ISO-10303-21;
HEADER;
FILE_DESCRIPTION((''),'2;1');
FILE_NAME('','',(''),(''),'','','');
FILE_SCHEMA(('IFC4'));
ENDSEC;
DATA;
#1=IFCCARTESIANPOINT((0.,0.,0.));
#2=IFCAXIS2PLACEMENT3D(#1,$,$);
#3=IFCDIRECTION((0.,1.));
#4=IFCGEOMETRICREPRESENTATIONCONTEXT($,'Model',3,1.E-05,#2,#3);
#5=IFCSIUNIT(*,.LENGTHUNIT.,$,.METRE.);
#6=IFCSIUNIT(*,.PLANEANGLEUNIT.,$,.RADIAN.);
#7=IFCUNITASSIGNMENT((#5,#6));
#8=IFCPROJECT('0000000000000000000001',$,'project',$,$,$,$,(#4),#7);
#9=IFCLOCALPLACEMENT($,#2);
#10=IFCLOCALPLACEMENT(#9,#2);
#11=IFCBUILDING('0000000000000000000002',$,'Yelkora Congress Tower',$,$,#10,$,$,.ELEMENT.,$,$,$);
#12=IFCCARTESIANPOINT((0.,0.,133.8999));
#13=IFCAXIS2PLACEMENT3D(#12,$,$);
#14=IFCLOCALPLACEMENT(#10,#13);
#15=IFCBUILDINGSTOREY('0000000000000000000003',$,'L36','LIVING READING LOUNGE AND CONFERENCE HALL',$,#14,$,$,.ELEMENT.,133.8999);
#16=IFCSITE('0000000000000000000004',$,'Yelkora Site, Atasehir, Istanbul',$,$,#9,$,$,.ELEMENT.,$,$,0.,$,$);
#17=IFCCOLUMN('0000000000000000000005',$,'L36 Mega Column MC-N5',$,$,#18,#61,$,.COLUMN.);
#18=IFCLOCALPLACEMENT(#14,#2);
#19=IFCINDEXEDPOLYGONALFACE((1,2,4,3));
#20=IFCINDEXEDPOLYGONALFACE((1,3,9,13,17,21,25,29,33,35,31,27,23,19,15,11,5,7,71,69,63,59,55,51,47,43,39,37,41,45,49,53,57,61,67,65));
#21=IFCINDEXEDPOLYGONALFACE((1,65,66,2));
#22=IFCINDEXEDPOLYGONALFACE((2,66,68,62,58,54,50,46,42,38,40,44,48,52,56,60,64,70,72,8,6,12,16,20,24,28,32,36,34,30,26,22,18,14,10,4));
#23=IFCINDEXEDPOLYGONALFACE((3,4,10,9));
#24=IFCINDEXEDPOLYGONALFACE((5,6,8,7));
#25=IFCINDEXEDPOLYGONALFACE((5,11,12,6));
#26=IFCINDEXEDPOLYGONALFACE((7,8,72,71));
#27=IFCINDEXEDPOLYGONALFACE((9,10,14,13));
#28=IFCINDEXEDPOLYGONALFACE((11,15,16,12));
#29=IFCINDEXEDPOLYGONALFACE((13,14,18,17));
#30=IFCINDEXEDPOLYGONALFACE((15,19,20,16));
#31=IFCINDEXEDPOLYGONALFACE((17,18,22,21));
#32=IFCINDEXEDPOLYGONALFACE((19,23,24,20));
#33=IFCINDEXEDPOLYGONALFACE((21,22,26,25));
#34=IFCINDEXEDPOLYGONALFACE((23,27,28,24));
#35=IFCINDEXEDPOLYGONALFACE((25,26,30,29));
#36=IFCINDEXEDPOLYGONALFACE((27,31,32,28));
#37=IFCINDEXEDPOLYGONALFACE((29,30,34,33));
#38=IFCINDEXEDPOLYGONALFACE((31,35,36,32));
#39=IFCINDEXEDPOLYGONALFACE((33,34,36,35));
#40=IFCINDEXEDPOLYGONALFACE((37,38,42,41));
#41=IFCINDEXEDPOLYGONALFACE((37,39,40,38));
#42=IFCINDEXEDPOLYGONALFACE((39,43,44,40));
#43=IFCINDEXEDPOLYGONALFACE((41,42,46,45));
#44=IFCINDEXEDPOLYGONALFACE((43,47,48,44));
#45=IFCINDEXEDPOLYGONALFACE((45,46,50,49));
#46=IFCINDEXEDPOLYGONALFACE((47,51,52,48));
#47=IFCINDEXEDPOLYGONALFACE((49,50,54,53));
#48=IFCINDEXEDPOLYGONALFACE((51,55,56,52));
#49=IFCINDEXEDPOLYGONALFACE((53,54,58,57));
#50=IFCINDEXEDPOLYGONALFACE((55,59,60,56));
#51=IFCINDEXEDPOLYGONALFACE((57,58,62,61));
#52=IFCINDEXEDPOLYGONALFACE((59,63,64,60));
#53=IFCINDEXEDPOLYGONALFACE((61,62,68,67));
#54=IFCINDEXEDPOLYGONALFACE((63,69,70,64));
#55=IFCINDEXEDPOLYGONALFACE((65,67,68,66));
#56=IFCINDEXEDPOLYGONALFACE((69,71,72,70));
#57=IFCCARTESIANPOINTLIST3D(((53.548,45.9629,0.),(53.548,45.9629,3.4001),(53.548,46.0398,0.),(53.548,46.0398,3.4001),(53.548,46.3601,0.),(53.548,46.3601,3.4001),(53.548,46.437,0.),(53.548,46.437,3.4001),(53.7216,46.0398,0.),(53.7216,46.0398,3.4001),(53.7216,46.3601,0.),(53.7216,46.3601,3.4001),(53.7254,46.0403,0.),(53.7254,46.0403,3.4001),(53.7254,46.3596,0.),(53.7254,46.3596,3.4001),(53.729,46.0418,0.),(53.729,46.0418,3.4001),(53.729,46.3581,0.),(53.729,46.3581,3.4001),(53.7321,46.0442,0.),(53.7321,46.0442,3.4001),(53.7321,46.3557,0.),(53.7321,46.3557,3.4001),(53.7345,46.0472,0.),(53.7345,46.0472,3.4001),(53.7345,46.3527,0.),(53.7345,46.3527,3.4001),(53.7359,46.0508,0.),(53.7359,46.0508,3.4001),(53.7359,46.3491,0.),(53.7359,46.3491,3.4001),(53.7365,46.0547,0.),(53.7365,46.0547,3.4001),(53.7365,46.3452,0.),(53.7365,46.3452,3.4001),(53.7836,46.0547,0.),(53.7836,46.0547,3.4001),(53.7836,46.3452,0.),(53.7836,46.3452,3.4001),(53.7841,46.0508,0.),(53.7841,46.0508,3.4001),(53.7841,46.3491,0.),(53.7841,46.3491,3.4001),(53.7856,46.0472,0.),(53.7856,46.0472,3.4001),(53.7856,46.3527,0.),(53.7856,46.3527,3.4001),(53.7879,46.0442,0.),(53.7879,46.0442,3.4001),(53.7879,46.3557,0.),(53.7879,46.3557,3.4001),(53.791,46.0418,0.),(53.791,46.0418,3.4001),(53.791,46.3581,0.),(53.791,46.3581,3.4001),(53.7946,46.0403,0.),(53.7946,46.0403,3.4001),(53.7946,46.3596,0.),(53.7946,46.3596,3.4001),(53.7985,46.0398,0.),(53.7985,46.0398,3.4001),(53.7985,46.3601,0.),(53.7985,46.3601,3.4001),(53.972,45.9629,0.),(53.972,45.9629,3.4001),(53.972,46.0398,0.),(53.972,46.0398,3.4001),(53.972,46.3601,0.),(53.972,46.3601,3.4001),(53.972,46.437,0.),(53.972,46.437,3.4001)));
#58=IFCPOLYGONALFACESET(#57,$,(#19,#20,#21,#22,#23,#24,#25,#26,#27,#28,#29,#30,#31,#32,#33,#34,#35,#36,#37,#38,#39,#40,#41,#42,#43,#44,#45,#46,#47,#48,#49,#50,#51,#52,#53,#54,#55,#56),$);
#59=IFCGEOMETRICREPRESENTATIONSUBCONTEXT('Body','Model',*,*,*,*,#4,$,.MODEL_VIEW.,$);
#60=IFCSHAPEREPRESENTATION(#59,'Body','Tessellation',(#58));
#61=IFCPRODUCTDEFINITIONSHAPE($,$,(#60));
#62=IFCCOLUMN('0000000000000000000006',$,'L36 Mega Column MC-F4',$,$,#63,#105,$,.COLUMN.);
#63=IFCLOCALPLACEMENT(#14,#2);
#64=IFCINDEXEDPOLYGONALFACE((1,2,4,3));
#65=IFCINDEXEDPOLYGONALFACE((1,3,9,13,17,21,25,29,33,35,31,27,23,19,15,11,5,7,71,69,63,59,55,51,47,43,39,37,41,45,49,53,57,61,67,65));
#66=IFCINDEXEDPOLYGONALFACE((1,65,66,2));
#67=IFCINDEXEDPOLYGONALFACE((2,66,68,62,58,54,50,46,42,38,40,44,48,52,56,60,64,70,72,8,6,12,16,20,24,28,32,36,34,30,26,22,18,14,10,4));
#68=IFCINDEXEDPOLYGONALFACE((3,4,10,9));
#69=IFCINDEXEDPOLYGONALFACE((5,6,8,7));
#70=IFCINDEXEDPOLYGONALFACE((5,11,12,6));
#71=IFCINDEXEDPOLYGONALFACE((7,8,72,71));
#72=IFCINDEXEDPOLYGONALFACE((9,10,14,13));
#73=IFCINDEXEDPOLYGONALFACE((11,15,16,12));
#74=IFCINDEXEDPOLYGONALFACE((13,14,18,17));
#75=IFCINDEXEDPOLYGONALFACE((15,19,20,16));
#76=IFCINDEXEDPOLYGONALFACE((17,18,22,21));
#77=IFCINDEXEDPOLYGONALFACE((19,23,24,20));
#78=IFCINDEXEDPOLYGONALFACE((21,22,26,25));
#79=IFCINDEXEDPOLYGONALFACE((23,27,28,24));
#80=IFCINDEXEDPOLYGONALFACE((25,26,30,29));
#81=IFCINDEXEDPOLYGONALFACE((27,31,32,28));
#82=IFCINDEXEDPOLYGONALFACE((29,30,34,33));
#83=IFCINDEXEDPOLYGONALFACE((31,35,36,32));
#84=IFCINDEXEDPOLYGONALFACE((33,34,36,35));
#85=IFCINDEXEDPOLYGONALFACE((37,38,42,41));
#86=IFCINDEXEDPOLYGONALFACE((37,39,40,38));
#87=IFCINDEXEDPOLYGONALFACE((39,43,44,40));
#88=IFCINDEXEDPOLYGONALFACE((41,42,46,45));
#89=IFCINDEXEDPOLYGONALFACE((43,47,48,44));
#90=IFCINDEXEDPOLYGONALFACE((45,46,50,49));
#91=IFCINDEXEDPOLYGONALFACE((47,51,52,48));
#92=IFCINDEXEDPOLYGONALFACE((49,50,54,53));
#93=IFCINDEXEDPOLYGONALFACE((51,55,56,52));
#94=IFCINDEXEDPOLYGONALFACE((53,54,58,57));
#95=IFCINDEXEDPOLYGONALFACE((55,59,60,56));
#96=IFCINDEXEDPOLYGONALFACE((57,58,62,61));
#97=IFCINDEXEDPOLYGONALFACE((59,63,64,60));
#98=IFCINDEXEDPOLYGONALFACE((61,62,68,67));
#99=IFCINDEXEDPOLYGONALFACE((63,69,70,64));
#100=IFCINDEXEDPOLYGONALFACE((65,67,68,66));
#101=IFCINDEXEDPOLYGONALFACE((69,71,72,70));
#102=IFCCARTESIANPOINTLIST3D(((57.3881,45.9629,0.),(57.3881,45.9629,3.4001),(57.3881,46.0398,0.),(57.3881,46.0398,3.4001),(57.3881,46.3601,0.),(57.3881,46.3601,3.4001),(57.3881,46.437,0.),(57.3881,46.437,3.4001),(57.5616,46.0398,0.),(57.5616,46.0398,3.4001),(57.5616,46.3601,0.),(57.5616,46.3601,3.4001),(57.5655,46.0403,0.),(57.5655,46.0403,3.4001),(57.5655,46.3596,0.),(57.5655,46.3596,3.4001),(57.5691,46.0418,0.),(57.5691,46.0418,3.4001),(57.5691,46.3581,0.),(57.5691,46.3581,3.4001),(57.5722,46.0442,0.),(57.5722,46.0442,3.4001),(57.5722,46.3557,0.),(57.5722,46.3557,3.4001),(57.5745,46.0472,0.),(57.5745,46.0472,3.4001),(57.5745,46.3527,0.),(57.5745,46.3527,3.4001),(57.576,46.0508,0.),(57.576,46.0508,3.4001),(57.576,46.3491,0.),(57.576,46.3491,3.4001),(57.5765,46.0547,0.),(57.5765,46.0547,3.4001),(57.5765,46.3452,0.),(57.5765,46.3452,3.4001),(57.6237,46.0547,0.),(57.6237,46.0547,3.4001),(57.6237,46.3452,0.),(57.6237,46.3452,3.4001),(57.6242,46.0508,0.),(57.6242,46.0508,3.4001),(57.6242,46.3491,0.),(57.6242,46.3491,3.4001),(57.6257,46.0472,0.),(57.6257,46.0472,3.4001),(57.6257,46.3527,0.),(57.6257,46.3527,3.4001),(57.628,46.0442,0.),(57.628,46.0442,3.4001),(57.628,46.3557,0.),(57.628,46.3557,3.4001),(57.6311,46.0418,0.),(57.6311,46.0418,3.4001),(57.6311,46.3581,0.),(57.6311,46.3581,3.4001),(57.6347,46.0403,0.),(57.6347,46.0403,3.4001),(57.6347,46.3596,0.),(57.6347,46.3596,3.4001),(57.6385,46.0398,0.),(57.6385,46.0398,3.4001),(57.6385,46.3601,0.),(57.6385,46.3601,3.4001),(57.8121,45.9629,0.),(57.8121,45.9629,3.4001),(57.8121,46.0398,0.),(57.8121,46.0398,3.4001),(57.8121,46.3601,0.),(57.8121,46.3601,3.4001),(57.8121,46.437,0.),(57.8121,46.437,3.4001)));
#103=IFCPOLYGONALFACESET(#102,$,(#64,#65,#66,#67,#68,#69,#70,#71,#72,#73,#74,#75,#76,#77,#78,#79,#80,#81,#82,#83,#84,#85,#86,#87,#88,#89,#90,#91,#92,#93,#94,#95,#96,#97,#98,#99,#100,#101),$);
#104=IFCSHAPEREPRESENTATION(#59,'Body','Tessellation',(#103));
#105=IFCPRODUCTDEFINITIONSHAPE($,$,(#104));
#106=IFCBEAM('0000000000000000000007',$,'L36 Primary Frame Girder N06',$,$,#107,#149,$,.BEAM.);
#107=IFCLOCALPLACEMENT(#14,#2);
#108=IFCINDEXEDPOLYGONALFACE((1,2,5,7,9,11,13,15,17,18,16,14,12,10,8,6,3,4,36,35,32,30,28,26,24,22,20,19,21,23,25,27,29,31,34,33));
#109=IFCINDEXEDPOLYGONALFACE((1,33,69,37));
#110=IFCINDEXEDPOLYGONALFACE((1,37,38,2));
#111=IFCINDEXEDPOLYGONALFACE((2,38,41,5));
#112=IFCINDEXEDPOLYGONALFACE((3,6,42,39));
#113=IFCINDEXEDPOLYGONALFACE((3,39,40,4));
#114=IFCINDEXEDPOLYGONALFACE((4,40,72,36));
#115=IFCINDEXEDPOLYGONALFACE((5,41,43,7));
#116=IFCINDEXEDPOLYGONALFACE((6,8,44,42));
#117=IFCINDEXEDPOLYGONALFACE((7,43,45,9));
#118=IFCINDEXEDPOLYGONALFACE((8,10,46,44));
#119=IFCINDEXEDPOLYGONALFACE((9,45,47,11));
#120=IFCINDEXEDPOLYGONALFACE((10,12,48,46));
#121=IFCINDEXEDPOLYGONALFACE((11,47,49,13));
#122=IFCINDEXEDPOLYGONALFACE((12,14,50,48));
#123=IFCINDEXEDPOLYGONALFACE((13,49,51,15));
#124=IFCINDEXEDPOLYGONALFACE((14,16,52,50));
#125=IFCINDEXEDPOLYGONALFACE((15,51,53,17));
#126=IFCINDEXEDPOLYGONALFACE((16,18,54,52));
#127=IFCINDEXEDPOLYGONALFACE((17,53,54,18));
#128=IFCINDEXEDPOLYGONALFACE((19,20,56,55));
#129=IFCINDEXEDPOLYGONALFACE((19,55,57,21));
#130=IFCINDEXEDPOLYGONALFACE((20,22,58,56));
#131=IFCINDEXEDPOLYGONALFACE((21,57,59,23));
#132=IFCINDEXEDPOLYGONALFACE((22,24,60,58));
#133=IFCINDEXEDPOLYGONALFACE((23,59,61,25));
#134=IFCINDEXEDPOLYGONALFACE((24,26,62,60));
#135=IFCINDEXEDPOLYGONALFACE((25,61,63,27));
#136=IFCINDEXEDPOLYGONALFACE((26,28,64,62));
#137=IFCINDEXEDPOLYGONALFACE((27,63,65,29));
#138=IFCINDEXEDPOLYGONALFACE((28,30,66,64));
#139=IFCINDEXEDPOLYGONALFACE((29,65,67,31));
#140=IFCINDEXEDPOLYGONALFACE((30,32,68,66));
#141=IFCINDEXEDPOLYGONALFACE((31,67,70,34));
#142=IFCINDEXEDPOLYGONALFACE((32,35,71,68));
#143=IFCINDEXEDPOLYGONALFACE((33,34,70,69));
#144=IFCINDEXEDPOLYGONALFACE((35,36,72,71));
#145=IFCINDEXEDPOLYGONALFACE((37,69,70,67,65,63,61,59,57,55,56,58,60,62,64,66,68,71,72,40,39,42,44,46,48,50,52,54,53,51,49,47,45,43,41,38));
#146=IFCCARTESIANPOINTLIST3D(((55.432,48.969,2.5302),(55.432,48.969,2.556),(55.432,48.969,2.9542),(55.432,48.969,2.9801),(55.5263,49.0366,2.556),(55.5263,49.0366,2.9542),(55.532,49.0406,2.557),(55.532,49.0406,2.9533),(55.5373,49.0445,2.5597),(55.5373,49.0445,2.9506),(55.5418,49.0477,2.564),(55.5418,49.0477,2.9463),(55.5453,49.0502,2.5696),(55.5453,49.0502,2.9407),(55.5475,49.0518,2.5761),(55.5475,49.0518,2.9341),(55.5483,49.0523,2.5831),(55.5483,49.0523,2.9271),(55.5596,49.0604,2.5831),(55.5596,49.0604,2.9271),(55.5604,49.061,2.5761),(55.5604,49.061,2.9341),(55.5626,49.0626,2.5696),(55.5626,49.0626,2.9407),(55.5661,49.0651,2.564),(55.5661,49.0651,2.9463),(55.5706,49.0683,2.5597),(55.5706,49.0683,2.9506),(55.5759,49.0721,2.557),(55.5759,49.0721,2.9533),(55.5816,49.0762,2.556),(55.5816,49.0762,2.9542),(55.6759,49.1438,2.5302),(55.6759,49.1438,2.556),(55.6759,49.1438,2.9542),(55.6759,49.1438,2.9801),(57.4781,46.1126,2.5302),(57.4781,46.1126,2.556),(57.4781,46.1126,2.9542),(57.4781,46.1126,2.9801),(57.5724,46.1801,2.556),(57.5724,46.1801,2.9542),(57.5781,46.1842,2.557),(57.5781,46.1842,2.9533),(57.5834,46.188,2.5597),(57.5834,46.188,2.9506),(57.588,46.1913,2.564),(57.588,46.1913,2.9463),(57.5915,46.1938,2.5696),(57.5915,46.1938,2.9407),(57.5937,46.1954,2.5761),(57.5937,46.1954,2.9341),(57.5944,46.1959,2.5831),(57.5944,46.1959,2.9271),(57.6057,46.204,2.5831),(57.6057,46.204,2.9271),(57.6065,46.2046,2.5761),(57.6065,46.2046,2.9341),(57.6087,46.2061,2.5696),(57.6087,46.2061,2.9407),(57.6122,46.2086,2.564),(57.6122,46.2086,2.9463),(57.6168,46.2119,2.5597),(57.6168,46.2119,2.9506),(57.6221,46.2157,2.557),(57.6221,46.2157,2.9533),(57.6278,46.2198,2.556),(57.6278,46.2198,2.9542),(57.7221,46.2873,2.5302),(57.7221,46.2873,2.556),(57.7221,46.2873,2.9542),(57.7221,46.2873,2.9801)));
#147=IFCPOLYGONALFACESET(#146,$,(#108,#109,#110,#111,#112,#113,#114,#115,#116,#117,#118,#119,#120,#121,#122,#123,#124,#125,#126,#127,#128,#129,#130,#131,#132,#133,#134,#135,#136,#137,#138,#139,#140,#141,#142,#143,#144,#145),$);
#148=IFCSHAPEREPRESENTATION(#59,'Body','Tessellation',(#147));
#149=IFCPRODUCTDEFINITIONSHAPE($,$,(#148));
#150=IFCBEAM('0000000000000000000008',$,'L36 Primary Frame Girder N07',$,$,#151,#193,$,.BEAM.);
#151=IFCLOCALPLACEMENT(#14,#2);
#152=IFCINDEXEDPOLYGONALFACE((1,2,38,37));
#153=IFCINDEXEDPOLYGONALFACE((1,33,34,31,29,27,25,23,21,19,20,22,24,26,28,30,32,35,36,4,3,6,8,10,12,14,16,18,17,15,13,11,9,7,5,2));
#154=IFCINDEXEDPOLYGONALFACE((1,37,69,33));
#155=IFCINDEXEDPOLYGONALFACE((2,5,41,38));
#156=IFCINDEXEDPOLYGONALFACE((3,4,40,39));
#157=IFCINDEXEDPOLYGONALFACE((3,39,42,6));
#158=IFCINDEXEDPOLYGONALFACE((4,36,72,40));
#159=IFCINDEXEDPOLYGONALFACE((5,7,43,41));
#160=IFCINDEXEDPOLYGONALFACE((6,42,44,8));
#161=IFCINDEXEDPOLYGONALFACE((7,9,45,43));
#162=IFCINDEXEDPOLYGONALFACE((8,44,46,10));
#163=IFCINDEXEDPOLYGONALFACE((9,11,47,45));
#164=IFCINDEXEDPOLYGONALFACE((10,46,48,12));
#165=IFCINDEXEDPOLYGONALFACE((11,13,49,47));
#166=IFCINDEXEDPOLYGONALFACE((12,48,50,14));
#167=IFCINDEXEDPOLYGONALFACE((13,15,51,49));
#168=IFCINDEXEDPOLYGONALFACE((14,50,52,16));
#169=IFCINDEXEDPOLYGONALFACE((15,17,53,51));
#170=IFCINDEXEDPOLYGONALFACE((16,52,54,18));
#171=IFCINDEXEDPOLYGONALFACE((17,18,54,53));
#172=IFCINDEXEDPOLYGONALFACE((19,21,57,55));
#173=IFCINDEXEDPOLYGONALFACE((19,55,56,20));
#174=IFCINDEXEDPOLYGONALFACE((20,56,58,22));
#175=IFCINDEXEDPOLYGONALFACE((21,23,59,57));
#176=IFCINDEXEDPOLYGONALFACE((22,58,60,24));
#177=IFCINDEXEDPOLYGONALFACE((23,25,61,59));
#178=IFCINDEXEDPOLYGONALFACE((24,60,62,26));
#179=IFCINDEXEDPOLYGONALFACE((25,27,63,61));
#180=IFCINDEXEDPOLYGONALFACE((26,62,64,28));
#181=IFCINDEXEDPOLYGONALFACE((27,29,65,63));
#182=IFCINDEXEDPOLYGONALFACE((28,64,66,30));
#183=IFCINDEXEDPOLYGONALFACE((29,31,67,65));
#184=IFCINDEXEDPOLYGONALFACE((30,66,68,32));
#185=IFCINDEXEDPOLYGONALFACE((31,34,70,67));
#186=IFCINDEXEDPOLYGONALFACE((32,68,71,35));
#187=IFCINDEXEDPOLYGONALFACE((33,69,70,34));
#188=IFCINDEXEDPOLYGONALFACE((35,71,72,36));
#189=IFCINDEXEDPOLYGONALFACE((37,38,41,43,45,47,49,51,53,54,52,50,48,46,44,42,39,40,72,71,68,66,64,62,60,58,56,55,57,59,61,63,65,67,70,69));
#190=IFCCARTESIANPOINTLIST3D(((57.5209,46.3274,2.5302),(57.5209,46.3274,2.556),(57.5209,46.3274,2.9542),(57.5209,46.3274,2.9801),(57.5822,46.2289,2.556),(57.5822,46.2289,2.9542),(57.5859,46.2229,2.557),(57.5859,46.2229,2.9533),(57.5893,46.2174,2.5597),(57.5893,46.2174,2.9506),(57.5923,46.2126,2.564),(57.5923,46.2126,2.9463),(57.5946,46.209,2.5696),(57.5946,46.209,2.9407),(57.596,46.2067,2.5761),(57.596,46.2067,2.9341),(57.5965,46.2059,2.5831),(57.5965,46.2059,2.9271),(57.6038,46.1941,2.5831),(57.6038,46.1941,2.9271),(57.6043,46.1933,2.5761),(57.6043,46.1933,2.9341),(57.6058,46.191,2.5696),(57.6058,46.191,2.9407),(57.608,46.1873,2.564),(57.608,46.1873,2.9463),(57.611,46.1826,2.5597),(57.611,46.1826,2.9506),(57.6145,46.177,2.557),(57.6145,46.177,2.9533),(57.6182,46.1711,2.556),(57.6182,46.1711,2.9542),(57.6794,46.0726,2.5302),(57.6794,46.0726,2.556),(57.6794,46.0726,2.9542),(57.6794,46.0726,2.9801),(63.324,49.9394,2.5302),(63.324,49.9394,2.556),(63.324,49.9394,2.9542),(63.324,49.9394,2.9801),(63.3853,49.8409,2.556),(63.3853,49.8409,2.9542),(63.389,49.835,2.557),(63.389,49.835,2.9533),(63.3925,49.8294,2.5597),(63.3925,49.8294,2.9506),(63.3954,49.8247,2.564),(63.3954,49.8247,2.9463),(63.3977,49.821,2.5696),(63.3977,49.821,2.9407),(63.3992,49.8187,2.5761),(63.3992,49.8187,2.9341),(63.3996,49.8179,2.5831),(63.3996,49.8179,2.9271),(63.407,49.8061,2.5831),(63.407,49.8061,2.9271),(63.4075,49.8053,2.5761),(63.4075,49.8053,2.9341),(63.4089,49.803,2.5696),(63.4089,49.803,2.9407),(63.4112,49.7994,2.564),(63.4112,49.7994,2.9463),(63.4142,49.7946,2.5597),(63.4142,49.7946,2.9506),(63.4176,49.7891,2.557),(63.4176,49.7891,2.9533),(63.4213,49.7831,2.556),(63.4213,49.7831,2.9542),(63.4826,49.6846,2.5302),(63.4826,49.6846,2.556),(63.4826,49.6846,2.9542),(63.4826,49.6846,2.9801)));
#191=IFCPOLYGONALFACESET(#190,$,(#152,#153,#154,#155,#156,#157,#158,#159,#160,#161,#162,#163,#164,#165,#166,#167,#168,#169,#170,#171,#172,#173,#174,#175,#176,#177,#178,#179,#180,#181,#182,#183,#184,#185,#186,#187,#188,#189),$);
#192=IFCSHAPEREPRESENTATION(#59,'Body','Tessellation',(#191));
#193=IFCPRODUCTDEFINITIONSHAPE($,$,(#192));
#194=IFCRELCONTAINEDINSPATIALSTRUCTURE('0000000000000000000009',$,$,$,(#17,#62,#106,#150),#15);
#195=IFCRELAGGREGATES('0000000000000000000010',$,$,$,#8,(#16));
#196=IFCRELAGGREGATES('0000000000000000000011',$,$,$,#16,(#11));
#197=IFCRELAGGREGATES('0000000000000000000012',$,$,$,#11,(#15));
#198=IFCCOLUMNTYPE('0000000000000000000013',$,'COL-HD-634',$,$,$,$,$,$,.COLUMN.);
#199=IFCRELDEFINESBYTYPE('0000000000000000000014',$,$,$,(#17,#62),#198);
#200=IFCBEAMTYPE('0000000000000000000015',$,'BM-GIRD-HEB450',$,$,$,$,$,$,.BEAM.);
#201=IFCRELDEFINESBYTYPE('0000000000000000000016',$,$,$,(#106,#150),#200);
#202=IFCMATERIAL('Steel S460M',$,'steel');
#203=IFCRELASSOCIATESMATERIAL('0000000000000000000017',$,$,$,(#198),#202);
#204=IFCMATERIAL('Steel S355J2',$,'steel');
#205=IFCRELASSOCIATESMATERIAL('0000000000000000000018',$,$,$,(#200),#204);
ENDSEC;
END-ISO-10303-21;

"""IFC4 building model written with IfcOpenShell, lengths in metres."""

from ifc_helpers import new_model, si_unit, direction, frame, origin, origin_2d, place, context, subcontext, project, spatial, i_section, extrude, material, material_profile, profile_set, type_object, element, save


model = new_model("IFC4")

# Units and contexts
model_context = context("Model", 3, precision=1e-05, world=origin(), true_north=direction((0.0, 1.0)))
body_context = subcontext(model_context, "Body", "Model", "MODEL_VIEW")
ifc_project = project(units=[si_unit("LENGTHUNIT", "METRE"), si_unit("PLANEANGLEUNIT", "RADIAN")], contexts=[model_context])

# Site, building, storey
site_placement = place(None, origin())
site = spatial("IfcSite", under=ifc_project, at=site_placement, Name="Yelkora Site, Atasehir, Istanbul", CompositionType="ELEMENT", RefElevation=0.0)
building_placement = place(site_placement, origin())
building = spatial("IfcBuilding", under=site, at=building_placement, Name="Yelkora Congress Tower", CompositionType="ELEMENT")
storey_placement = place(building_placement, frame((0.0, 0.0, 133.8999)))
storey = spatial("IfcBuildingStorey", under=building, at=storey_placement, Name="L36", Description="LIVING READING LOUNGE AND CONFERENCE HALL", CompositionType="ELEMENT", Elevation=133.8999)

# Columns
ifc_material_1 = material(Name="Steel S460M", Category="steel")
ifc_material_profile_1 = material_profile(ifc_material_1, i_section(OverallWidth=0.4241, OverallDepth=0.4741, WebThickness=0.0471, FlangeThickness=0.0769, FilletRadius=0.0149, at=origin_2d()), Name="HD 400x634")
ifc_profile_set_1 = profile_set([ifc_material_profile_1], Name="Steel S460M")
column_type_1 = type_object("IfcColumnType", Name="COL-HD-634", PredefinedType="COLUMN", material=ifc_profile_set_1)
for number, where, z_axis, x_axis, name in (
    (1, (53.76, 46.2, 0.0), (0.0, 0.0, 1.0), (1.0, 0.0, 0.0), "L36 Mega Column MC-N5"),
    (2, (57.6001, 46.2, 0.0), (0.0, 0.0, 1.0), (1.0, 0.0, 0.0), "L36 Mega Column MC-F4"),
):
    element("IfcColumn", number, at=place(storey_placement, frame(where, z_axis=z_axis, x_axis=x_axis)), inside=storey, type_object=column_type_1, Name=name, PredefinedType="COLUMN", context=body_context, shape_type="SweptSolid", body=[
        extrude(i_section(OverallWidth=0.4241, OverallDepth=0.4741, WebThickness=0.0471, FlangeThickness=0.0769, FilletRadius=0.0149, at=origin_2d()), origin(), (0.0, 0.0, 1.0), 3.4001),
    ])

# Beams
ifc_material_2 = material(Name="Steel S355J2", Category="steel")
ifc_material_profile_2 = material_profile(ifc_material_2, i_section(OverallWidth=0.3, OverallDepth=0.45, WebThickness=0.0139, FlangeThickness=0.0259, FilletRadius=0.0271, at=origin_2d()), Name="HEB 450")
ifc_profile_set_2 = profile_set([ifc_material_profile_2], Name="Steel S355J2")
beam_type_1 = type_object("IfcBeamType", Name="BM-GIRD-HEB450", PredefinedType="BEAM", material=ifc_profile_set_2)
beam_1_placement = place(storey_placement, frame((55.554, 49.0564, 2.7551), z_axis=(0.582335, -0.812949, 0.0), x_axis=(0.812949, 0.582335, 0.0)))
element("IfcBeam", 3, at=beam_1_placement, inside=storey, type_object=beam_type_1, Name="L36 Primary Frame Girder N06", PredefinedType="BEAM", context=body_context, shape_type="SweptSolid", body=[
    extrude(i_section(OverallWidth=0.3, OverallDepth=0.45, WebThickness=0.0139, FlangeThickness=0.0259, FilletRadius=0.0271, at=origin_2d()), origin(), (0.0, 0.0, 1.0), 3.5137),
])
beam_2_placement = place(storey_placement, frame((63.4033, 49.812, 2.7551), z_axis=(-0.84898, -0.528425, 0.0), x_axis=(0.528425, -0.84898, 0.0)))
element("IfcBeam", 4, at=beam_2_placement, inside=storey, type_object=beam_type_1, Name="L36 Primary Frame Girder N07", PredefinedType="BEAM", context=body_context, shape_type="SweptSolid", body=[
    extrude(i_section(OverallWidth=0.3, OverallDepth=0.45, WebThickness=0.0139, FlangeThickness=0.0259, FilletRadius=0.0271, at=origin_2d()), origin(), (0.0, 0.0, 1.0), 6.8354),
])

save(model, "model.ifc")
